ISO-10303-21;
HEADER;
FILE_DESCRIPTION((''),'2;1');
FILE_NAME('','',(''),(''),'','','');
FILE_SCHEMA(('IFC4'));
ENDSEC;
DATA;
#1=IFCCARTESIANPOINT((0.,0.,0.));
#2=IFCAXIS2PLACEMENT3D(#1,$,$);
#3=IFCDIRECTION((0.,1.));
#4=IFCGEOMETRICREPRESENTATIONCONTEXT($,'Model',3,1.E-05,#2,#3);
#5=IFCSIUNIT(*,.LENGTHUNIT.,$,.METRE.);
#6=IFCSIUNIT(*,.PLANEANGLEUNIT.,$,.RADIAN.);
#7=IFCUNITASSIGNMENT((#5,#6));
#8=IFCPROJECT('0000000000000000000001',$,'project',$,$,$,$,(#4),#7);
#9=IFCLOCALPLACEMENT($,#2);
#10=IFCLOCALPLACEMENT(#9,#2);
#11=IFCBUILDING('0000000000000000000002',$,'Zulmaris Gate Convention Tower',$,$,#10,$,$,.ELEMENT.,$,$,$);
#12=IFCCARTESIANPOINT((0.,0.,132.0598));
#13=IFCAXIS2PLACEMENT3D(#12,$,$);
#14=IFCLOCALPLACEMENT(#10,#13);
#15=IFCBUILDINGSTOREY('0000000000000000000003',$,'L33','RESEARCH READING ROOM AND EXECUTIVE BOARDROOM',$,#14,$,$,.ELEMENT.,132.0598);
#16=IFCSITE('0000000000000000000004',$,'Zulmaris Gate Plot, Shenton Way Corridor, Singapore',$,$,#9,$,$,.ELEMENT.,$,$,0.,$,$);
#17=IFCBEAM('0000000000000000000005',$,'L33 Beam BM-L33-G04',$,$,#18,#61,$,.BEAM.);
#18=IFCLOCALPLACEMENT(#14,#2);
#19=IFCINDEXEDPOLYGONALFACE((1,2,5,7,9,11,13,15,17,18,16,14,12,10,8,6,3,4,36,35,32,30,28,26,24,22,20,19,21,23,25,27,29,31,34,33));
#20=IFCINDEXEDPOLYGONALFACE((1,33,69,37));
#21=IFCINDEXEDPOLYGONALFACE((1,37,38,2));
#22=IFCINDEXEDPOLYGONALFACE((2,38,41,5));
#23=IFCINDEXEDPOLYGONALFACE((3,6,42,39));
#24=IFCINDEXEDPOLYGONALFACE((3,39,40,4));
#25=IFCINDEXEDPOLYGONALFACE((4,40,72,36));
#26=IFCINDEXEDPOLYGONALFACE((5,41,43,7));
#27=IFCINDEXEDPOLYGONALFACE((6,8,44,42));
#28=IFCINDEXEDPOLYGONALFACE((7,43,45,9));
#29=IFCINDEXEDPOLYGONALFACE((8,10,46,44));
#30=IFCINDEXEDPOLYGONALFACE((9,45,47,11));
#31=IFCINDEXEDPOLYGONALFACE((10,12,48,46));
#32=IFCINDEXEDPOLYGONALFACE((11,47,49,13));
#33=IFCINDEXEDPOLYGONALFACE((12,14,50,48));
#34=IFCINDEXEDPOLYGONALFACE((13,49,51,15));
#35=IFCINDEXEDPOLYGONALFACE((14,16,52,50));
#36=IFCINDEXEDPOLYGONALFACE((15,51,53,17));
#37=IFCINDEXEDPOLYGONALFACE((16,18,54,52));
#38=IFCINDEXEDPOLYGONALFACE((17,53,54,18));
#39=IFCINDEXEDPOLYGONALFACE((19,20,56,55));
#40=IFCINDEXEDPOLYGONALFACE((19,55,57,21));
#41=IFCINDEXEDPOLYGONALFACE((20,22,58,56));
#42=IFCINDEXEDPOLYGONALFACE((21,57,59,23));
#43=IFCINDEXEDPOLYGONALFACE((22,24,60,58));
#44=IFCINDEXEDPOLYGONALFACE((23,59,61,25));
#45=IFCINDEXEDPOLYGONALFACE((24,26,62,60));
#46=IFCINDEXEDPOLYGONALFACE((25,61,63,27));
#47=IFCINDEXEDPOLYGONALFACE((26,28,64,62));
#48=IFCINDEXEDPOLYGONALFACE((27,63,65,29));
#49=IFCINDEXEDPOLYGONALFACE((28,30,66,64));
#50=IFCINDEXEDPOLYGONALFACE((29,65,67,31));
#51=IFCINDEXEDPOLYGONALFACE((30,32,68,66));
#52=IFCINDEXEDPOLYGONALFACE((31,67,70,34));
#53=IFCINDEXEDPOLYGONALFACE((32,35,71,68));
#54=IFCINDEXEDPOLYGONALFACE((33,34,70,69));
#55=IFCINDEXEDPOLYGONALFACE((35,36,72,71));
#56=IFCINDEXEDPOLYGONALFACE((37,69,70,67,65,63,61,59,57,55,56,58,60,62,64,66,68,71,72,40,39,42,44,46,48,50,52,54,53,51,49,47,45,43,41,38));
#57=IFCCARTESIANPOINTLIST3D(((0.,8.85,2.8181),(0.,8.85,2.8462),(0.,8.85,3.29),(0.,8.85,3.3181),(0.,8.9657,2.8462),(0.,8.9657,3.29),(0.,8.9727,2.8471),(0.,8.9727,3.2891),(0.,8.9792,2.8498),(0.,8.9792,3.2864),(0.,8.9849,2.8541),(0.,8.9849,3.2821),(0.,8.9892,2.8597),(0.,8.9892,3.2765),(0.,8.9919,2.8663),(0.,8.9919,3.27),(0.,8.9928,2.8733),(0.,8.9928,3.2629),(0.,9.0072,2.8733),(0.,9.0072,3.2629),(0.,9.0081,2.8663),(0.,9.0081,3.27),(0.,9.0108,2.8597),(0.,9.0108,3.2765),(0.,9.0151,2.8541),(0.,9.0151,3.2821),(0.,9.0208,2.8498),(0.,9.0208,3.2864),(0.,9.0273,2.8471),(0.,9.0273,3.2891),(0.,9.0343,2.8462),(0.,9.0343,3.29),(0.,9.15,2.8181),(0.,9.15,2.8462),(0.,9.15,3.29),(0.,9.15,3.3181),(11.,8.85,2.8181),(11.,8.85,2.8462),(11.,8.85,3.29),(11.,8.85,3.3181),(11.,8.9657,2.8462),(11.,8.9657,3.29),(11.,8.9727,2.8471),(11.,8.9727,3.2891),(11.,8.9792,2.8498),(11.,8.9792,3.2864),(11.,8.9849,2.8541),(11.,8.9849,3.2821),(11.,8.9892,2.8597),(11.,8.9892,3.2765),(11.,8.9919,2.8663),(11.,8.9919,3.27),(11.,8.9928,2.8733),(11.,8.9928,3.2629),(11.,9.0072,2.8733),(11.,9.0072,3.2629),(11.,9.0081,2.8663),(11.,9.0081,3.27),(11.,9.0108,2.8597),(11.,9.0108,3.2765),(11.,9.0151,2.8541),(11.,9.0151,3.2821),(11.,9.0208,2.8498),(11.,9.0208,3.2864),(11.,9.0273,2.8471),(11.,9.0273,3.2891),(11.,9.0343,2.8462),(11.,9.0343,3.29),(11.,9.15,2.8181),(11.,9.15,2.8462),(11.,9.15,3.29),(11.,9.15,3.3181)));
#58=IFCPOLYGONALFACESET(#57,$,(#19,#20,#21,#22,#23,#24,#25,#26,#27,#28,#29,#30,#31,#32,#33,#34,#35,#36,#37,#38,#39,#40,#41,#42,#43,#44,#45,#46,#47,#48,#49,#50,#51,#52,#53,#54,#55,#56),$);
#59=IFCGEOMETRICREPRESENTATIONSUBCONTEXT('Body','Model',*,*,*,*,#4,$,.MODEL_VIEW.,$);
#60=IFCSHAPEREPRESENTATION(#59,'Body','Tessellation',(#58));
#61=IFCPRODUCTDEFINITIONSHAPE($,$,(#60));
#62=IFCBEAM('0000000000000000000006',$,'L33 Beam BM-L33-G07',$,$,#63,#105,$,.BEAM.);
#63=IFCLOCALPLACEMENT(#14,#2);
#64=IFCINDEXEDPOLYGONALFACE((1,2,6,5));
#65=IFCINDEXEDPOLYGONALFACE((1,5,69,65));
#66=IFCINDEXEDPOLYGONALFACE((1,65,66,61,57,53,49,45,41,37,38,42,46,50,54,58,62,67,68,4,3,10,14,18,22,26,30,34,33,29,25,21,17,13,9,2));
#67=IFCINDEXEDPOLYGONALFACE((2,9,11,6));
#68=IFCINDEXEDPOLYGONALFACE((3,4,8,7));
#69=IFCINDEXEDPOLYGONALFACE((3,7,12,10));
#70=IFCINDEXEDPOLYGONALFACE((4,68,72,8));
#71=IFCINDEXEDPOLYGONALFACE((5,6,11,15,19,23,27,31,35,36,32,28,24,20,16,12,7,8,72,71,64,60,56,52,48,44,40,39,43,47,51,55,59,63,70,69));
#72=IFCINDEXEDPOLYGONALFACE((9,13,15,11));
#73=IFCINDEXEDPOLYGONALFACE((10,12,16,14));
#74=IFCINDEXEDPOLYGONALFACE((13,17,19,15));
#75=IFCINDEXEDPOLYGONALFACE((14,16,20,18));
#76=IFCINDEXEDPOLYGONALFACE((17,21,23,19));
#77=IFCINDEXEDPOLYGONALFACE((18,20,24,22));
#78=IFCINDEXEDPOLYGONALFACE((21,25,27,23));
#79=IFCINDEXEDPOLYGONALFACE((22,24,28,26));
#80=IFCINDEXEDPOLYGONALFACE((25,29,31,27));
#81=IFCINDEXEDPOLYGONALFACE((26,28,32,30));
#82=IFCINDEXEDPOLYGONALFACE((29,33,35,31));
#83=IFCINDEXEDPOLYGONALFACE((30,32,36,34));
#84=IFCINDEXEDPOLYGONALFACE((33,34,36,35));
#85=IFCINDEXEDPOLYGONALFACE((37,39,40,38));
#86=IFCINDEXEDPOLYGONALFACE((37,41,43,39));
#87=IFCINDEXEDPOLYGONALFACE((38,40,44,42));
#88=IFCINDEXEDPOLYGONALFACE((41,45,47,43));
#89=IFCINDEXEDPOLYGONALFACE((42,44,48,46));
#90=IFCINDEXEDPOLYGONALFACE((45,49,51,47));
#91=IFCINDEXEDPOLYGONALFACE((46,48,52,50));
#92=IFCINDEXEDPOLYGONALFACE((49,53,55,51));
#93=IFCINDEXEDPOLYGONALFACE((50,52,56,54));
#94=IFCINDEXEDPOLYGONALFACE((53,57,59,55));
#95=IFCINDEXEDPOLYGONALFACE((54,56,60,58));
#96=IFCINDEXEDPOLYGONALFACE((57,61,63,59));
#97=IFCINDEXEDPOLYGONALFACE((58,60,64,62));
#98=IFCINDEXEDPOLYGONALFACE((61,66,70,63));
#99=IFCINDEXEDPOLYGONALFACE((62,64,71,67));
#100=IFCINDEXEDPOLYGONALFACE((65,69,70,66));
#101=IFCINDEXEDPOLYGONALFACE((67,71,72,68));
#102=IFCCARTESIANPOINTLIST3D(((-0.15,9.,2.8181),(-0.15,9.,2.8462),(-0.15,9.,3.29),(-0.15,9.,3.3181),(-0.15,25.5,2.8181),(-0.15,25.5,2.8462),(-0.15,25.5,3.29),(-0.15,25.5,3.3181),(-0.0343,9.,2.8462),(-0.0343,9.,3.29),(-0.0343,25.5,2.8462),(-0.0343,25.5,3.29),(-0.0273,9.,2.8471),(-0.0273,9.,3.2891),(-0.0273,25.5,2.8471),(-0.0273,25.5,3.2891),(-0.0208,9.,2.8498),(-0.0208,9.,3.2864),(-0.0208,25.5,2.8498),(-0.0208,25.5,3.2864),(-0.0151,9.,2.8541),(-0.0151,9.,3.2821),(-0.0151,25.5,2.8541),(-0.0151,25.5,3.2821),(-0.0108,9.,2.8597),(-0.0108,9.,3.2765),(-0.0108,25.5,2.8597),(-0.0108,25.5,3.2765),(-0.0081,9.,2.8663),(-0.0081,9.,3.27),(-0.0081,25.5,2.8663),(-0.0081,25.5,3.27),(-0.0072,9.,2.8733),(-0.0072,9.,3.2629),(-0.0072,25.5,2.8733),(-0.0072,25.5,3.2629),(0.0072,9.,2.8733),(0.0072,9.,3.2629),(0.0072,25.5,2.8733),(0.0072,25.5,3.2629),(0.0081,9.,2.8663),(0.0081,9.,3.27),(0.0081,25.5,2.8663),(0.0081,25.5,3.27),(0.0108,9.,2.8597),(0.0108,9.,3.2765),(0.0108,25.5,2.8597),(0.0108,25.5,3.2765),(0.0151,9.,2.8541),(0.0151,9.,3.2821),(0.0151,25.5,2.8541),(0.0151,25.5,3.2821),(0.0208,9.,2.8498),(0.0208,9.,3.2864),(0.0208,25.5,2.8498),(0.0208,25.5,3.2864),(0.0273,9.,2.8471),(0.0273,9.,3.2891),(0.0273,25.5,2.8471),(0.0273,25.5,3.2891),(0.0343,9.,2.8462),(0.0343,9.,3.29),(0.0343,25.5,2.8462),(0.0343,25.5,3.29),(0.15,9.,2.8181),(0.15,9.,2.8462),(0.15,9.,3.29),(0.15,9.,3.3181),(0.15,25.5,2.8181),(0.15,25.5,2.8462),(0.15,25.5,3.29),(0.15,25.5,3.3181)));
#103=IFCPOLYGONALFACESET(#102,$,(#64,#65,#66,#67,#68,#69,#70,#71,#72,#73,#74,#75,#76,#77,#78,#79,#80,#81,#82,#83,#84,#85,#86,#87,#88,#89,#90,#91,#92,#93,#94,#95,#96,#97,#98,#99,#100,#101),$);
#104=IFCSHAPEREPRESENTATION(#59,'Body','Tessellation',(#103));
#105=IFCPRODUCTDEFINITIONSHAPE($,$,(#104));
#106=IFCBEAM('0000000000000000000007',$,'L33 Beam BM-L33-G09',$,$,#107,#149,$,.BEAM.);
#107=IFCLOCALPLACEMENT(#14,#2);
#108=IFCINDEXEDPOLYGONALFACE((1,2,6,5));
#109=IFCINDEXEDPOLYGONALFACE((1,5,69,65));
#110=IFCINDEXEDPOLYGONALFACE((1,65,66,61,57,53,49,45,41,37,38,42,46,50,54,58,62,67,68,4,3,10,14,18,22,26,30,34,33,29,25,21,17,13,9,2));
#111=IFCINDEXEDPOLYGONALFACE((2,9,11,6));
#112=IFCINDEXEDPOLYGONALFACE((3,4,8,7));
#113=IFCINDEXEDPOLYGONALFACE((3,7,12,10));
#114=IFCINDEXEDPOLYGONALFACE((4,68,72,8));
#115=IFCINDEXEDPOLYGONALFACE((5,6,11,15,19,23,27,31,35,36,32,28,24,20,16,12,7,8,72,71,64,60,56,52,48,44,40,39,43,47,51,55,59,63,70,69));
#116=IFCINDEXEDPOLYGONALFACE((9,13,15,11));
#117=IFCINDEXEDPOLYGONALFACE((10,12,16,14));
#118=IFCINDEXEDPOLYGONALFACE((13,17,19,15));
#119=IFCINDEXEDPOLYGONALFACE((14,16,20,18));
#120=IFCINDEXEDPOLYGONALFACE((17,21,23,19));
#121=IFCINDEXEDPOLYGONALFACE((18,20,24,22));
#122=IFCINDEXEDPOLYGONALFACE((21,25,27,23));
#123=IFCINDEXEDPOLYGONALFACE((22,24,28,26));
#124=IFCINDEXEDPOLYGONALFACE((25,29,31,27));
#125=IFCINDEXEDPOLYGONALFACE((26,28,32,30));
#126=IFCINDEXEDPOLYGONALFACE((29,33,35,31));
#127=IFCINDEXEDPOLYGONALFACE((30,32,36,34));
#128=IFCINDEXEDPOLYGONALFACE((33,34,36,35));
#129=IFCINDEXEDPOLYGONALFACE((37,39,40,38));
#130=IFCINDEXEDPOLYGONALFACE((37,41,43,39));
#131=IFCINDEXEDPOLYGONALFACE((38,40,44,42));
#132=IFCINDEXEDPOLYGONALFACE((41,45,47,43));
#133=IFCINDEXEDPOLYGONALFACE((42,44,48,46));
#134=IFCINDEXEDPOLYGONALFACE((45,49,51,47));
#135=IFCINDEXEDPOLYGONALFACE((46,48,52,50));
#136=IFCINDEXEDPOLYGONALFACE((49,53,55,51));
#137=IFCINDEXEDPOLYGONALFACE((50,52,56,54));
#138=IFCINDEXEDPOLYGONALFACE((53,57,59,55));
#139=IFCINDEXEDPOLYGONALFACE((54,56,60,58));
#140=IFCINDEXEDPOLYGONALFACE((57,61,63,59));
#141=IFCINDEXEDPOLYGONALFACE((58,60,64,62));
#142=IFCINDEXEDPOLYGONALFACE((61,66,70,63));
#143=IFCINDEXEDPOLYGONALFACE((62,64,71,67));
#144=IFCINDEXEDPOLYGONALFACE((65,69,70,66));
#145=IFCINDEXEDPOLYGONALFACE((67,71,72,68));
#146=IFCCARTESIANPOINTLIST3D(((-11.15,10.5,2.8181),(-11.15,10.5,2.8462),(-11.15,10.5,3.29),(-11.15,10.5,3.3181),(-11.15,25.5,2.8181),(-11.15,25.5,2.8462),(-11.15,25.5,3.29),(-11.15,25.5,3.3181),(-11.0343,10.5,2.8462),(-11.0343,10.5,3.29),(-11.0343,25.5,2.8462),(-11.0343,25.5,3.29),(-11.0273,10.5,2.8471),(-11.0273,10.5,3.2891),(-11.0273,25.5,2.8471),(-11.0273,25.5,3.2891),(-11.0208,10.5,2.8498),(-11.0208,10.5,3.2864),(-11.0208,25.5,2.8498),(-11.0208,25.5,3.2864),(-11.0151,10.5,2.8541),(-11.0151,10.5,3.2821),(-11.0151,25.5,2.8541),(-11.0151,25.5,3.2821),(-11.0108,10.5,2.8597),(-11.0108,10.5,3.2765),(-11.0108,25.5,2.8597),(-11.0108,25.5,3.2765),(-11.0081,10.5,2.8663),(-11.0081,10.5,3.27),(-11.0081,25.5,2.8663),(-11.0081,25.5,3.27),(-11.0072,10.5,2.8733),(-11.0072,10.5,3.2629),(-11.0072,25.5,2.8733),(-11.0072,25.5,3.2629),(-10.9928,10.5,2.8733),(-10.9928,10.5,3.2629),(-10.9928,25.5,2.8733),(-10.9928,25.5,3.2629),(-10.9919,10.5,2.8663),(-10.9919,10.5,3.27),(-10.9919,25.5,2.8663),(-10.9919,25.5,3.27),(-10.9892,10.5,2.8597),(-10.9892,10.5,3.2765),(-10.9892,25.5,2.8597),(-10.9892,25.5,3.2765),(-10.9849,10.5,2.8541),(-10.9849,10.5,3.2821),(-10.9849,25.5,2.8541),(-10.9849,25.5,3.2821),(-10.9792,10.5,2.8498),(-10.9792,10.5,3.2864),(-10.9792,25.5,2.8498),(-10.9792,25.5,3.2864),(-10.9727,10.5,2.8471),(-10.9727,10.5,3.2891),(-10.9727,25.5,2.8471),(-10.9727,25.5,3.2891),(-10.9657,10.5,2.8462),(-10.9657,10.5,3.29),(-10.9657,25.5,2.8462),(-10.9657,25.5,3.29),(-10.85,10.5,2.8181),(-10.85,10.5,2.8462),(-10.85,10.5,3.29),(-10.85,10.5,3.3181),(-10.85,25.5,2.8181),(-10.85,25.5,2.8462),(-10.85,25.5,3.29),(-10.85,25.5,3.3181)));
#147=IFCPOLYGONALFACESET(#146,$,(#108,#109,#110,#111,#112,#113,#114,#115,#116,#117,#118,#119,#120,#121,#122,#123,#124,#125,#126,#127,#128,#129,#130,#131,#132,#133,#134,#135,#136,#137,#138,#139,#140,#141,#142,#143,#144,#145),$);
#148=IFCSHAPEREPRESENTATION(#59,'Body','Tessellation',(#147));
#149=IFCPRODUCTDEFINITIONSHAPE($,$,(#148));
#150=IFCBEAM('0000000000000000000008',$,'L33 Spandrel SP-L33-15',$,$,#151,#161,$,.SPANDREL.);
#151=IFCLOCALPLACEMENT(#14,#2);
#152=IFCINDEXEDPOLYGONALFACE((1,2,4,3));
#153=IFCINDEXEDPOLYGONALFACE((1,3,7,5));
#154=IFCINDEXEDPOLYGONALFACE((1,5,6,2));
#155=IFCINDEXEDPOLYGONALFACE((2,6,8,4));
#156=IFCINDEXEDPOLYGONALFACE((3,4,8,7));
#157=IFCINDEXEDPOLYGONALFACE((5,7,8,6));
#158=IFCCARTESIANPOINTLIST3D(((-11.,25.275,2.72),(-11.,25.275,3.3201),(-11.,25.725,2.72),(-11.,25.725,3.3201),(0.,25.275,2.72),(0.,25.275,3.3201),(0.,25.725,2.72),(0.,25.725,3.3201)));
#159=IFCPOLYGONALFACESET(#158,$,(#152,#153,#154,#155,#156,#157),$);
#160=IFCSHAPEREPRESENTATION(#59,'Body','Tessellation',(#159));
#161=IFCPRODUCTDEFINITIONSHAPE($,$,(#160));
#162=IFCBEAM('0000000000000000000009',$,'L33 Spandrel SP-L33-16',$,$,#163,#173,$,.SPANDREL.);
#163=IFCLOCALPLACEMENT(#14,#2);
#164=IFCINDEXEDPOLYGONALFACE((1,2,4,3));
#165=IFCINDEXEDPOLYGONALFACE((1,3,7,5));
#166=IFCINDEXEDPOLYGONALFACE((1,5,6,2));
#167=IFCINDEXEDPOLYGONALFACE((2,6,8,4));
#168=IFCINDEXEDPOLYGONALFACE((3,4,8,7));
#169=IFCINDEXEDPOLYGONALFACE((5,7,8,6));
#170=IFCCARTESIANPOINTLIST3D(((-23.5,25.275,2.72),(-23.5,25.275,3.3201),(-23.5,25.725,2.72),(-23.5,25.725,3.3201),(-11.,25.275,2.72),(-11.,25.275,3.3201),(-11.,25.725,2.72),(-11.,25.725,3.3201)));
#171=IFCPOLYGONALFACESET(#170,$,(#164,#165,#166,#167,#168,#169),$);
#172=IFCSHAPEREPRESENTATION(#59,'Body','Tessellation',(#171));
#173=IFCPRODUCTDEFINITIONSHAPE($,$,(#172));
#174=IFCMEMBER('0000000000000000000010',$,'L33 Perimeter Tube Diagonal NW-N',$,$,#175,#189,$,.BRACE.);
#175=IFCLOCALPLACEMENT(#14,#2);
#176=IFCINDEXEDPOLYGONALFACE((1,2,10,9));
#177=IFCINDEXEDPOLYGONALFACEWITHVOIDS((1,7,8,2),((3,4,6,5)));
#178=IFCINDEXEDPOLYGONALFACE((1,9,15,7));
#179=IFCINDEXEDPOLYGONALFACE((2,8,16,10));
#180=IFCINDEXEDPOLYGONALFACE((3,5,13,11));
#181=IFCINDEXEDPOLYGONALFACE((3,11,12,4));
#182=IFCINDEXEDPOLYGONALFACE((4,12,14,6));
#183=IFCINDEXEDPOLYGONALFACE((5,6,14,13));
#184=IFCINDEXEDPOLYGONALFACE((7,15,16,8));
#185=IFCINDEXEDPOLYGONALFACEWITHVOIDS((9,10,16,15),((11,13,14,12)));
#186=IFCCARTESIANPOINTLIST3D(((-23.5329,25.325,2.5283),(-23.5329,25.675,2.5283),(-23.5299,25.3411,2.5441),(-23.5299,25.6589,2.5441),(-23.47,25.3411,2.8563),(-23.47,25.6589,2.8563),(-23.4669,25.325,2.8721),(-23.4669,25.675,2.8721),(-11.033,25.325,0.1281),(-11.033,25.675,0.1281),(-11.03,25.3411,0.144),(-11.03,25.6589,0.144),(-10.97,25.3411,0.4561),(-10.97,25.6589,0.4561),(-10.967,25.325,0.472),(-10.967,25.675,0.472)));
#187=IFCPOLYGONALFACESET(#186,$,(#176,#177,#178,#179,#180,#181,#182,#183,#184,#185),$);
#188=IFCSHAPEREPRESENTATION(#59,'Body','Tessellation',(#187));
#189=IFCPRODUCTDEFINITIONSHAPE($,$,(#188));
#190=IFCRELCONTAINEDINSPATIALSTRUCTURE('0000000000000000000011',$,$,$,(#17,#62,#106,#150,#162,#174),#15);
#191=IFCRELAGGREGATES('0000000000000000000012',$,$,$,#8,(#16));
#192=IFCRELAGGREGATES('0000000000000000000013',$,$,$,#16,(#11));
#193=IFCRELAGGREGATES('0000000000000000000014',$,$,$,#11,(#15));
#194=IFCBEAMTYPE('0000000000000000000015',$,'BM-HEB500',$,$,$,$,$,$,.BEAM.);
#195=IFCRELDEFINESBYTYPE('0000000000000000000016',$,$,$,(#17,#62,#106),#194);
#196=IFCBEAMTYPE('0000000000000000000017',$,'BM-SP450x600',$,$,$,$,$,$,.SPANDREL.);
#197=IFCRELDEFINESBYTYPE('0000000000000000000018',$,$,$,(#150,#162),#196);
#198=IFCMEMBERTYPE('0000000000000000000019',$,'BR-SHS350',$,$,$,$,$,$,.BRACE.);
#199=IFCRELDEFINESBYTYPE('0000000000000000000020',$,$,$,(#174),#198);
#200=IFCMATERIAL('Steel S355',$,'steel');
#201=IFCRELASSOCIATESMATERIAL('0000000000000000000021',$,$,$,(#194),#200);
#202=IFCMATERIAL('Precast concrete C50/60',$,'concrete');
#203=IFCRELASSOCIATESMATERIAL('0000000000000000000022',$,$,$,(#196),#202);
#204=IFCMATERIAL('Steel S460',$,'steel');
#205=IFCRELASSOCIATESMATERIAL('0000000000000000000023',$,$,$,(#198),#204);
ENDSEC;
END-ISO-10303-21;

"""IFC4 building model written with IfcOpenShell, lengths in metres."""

from ifc_helpers import new_model, si_unit, direction, frame, origin, origin_2d, place, context, subcontext, project, spatial, rectangle, hollow_rectangle, i_section, extrude, material, material_profile, profile_set, type_object, element, save


model = new_model("IFC4")

# Units and contexts
model_context = context("Model", 3, precision=1e-05, world=origin(), true_north=direction((0.0, 1.0)))
body_context = subcontext(model_context, "Body", "Model", "MODEL_VIEW")
ifc_project = project(units=[si_unit("LENGTHUNIT", "METRE"), si_unit("PLANEANGLEUNIT", "RADIAN")], contexts=[model_context])

# Site, building, storey
site_placement = place(None, origin())
site = spatial("IfcSite", under=ifc_project, at=site_placement, Name="Zulmaris Gate Plot, Shenton Way Corridor, Singapore", CompositionType="ELEMENT", RefElevation=0.0)
building_placement = place(site_placement, origin())
building = spatial("IfcBuilding", under=site, at=building_placement, Name="Zulmaris Gate Convention Tower", CompositionType="ELEMENT")
storey_placement = place(building_placement, frame((0.0, 0.0, 132.0598)))
storey = spatial("IfcBuildingStorey", under=building, at=storey_placement, Name="L33", Description="RESEARCH READING ROOM AND EXECUTIVE BOARDROOM", CompositionType="ELEMENT", Elevation=132.0598)

# Beams
ifc_material_1 = material(Name="Steel S355", Category="steel")
ifc_material_profile_1 = material_profile(ifc_material_1, i_section(OverallWidth=0.3, OverallDepth=0.5, WebThickness=0.0144, FlangeThickness=0.0281, FilletRadius=0.0271, at=origin_2d()), Name="HEB 500")
ifc_profile_set_1 = profile_set([ifc_material_profile_1], Name="Steel S355")
beam_type_1 = type_object("IfcBeamType", Name="BM-HEB500", PredefinedType="BEAM", material=ifc_profile_set_1)
for number, where, z_axis, x_axis, name in (
    (1, (0.0, 9.0, 3.0681), (1.0, 0.0, 0.0), (0.0, 1.0, 0.0), "L33 Beam BM-L33-G04"),
):
    element("IfcBeam", number, at=place(storey_placement, frame(where, z_axis=z_axis, x_axis=x_axis)), inside=storey, type_object=beam_type_1, Name=name, PredefinedType="BEAM", context=body_context, shape_type="SweptSolid", body=[
        extrude(i_section(OverallWidth=0.3, OverallDepth=0.5, WebThickness=0.0144, FlangeThickness=0.0281, FilletRadius=0.0271, at=origin_2d()), origin(), (0.0, 0.0, 1.0), 11.0),
    ])
beam_1_placement = place(storey_placement, frame((0.0, 9.0, 3.0681), z_axis=(0.0, 1.0, 0.0), x_axis=(-1.0, 0.0, 0.0)))
element("IfcBeam", 2, at=beam_1_placement, inside=storey, type_object=beam_type_1, Name="L33 Beam BM-L33-G07", PredefinedType="BEAM", context=body_context, shape_type="SweptSolid", body=[
    extrude(i_section(OverallWidth=0.3, OverallDepth=0.5, WebThickness=0.0144, FlangeThickness=0.0281, FilletRadius=0.0271, at=origin_2d()), origin(), (0.0, 0.0, 1.0), 16.5),
])
beam_2_placement = place(storey_placement, frame((-11.0, 10.5, 3.0681), z_axis=(0.0, 1.0, 0.0), x_axis=(-1.0, 0.0, 0.0)))
element("IfcBeam", 3, at=beam_2_placement, inside=storey, type_object=beam_type_1, Name="L33 Beam BM-L33-G09", PredefinedType="BEAM", context=body_context, shape_type="SweptSolid", body=[
    extrude(i_section(OverallWidth=0.3, OverallDepth=0.5, WebThickness=0.0144, FlangeThickness=0.0281, FilletRadius=0.0271, at=origin_2d()), origin(), (0.0, 0.0, 1.0), 15.0),
])
ifc_material_2 = material(Name="Precast concrete C50/60", Category="concrete")
ifc_material_profile_2 = material_profile(ifc_material_2, rectangle(XDim=0.45, YDim=0.6001, at=origin_2d()), Name="RC SPANDREL 450x600")
ifc_profile_set_2 = profile_set([ifc_material_profile_2], Name="Precast concrete C50/60")
beam_type_2 = type_object("IfcBeamType", Name="BM-SP450x600", PredefinedType="SPANDREL", material=ifc_profile_set_2)
beam_3_placement = place(storey_placement, frame((0.0, 25.5, 3.02), z_axis=(-1.0, 0.0, 0.0), x_axis=(0.0, -1.0, 0.0)))
element("IfcBeam", 4, at=beam_3_placement, inside=storey, type_object=beam_type_2, Name="L33 Spandrel SP-L33-15", PredefinedType="SPANDREL", context=body_context, shape_type="SweptSolid", body=[
    extrude(rectangle(XDim=0.45, YDim=0.6001, at=origin_2d()), origin(), (0.0, 0.0, 1.0), 11.0),
])
beam_4_placement = place(storey_placement, frame((-11.0, 25.5, 3.02), z_axis=(-1.0, 0.0, 0.0), x_axis=(0.0, -1.0, 0.0)))
element("IfcBeam", 5, at=beam_4_placement, inside=storey, type_object=beam_type_2, Name="L33 Spandrel SP-L33-16", PredefinedType="SPANDREL", context=body_context, shape_type="SweptSolid", body=[
    extrude(rectangle(XDim=0.45, YDim=0.6001, at=origin_2d()), origin(), (0.0, 0.0, 1.0), 12.5),
])

# Member
ifc_material_3 = material(Name="Steel S460", Category="steel")
ifc_material_profile_3 = material_profile(ifc_material_3, hollow_rectangle(XDim=0.3501, YDim=0.3501, WallThickness=0.0161, at=origin_2d()), Name="SHS 350x350x16")
ifc_profile_set_3 = profile_set([ifc_material_profile_3], Name="Steel S460")
member_type = type_object("IfcMemberType", Name="BR-SHS350", PredefinedType="BRACE", material=ifc_profile_set_3)
member_placement = place(storey_placement, frame((-11.0, 25.5, 0.3), z_axis=(-0.98206, 0.0, 0.188567), x_axis=(0.0, -1.0, 0.0)))
element("IfcMember", 6, at=member_placement, inside=storey, type_object=member_type, Name="L33 Perimeter Tube Diagonal NW-N", PredefinedType="BRACE", context=body_context, shape_type="SweptSolid", body=[
    extrude(hollow_rectangle(XDim=0.3501, YDim=0.3501, WallThickness=0.0161, at=origin_2d()), origin(), (0.0, 0.0, 1.0), 12.7283),
])

save(model, "model.ifc")
